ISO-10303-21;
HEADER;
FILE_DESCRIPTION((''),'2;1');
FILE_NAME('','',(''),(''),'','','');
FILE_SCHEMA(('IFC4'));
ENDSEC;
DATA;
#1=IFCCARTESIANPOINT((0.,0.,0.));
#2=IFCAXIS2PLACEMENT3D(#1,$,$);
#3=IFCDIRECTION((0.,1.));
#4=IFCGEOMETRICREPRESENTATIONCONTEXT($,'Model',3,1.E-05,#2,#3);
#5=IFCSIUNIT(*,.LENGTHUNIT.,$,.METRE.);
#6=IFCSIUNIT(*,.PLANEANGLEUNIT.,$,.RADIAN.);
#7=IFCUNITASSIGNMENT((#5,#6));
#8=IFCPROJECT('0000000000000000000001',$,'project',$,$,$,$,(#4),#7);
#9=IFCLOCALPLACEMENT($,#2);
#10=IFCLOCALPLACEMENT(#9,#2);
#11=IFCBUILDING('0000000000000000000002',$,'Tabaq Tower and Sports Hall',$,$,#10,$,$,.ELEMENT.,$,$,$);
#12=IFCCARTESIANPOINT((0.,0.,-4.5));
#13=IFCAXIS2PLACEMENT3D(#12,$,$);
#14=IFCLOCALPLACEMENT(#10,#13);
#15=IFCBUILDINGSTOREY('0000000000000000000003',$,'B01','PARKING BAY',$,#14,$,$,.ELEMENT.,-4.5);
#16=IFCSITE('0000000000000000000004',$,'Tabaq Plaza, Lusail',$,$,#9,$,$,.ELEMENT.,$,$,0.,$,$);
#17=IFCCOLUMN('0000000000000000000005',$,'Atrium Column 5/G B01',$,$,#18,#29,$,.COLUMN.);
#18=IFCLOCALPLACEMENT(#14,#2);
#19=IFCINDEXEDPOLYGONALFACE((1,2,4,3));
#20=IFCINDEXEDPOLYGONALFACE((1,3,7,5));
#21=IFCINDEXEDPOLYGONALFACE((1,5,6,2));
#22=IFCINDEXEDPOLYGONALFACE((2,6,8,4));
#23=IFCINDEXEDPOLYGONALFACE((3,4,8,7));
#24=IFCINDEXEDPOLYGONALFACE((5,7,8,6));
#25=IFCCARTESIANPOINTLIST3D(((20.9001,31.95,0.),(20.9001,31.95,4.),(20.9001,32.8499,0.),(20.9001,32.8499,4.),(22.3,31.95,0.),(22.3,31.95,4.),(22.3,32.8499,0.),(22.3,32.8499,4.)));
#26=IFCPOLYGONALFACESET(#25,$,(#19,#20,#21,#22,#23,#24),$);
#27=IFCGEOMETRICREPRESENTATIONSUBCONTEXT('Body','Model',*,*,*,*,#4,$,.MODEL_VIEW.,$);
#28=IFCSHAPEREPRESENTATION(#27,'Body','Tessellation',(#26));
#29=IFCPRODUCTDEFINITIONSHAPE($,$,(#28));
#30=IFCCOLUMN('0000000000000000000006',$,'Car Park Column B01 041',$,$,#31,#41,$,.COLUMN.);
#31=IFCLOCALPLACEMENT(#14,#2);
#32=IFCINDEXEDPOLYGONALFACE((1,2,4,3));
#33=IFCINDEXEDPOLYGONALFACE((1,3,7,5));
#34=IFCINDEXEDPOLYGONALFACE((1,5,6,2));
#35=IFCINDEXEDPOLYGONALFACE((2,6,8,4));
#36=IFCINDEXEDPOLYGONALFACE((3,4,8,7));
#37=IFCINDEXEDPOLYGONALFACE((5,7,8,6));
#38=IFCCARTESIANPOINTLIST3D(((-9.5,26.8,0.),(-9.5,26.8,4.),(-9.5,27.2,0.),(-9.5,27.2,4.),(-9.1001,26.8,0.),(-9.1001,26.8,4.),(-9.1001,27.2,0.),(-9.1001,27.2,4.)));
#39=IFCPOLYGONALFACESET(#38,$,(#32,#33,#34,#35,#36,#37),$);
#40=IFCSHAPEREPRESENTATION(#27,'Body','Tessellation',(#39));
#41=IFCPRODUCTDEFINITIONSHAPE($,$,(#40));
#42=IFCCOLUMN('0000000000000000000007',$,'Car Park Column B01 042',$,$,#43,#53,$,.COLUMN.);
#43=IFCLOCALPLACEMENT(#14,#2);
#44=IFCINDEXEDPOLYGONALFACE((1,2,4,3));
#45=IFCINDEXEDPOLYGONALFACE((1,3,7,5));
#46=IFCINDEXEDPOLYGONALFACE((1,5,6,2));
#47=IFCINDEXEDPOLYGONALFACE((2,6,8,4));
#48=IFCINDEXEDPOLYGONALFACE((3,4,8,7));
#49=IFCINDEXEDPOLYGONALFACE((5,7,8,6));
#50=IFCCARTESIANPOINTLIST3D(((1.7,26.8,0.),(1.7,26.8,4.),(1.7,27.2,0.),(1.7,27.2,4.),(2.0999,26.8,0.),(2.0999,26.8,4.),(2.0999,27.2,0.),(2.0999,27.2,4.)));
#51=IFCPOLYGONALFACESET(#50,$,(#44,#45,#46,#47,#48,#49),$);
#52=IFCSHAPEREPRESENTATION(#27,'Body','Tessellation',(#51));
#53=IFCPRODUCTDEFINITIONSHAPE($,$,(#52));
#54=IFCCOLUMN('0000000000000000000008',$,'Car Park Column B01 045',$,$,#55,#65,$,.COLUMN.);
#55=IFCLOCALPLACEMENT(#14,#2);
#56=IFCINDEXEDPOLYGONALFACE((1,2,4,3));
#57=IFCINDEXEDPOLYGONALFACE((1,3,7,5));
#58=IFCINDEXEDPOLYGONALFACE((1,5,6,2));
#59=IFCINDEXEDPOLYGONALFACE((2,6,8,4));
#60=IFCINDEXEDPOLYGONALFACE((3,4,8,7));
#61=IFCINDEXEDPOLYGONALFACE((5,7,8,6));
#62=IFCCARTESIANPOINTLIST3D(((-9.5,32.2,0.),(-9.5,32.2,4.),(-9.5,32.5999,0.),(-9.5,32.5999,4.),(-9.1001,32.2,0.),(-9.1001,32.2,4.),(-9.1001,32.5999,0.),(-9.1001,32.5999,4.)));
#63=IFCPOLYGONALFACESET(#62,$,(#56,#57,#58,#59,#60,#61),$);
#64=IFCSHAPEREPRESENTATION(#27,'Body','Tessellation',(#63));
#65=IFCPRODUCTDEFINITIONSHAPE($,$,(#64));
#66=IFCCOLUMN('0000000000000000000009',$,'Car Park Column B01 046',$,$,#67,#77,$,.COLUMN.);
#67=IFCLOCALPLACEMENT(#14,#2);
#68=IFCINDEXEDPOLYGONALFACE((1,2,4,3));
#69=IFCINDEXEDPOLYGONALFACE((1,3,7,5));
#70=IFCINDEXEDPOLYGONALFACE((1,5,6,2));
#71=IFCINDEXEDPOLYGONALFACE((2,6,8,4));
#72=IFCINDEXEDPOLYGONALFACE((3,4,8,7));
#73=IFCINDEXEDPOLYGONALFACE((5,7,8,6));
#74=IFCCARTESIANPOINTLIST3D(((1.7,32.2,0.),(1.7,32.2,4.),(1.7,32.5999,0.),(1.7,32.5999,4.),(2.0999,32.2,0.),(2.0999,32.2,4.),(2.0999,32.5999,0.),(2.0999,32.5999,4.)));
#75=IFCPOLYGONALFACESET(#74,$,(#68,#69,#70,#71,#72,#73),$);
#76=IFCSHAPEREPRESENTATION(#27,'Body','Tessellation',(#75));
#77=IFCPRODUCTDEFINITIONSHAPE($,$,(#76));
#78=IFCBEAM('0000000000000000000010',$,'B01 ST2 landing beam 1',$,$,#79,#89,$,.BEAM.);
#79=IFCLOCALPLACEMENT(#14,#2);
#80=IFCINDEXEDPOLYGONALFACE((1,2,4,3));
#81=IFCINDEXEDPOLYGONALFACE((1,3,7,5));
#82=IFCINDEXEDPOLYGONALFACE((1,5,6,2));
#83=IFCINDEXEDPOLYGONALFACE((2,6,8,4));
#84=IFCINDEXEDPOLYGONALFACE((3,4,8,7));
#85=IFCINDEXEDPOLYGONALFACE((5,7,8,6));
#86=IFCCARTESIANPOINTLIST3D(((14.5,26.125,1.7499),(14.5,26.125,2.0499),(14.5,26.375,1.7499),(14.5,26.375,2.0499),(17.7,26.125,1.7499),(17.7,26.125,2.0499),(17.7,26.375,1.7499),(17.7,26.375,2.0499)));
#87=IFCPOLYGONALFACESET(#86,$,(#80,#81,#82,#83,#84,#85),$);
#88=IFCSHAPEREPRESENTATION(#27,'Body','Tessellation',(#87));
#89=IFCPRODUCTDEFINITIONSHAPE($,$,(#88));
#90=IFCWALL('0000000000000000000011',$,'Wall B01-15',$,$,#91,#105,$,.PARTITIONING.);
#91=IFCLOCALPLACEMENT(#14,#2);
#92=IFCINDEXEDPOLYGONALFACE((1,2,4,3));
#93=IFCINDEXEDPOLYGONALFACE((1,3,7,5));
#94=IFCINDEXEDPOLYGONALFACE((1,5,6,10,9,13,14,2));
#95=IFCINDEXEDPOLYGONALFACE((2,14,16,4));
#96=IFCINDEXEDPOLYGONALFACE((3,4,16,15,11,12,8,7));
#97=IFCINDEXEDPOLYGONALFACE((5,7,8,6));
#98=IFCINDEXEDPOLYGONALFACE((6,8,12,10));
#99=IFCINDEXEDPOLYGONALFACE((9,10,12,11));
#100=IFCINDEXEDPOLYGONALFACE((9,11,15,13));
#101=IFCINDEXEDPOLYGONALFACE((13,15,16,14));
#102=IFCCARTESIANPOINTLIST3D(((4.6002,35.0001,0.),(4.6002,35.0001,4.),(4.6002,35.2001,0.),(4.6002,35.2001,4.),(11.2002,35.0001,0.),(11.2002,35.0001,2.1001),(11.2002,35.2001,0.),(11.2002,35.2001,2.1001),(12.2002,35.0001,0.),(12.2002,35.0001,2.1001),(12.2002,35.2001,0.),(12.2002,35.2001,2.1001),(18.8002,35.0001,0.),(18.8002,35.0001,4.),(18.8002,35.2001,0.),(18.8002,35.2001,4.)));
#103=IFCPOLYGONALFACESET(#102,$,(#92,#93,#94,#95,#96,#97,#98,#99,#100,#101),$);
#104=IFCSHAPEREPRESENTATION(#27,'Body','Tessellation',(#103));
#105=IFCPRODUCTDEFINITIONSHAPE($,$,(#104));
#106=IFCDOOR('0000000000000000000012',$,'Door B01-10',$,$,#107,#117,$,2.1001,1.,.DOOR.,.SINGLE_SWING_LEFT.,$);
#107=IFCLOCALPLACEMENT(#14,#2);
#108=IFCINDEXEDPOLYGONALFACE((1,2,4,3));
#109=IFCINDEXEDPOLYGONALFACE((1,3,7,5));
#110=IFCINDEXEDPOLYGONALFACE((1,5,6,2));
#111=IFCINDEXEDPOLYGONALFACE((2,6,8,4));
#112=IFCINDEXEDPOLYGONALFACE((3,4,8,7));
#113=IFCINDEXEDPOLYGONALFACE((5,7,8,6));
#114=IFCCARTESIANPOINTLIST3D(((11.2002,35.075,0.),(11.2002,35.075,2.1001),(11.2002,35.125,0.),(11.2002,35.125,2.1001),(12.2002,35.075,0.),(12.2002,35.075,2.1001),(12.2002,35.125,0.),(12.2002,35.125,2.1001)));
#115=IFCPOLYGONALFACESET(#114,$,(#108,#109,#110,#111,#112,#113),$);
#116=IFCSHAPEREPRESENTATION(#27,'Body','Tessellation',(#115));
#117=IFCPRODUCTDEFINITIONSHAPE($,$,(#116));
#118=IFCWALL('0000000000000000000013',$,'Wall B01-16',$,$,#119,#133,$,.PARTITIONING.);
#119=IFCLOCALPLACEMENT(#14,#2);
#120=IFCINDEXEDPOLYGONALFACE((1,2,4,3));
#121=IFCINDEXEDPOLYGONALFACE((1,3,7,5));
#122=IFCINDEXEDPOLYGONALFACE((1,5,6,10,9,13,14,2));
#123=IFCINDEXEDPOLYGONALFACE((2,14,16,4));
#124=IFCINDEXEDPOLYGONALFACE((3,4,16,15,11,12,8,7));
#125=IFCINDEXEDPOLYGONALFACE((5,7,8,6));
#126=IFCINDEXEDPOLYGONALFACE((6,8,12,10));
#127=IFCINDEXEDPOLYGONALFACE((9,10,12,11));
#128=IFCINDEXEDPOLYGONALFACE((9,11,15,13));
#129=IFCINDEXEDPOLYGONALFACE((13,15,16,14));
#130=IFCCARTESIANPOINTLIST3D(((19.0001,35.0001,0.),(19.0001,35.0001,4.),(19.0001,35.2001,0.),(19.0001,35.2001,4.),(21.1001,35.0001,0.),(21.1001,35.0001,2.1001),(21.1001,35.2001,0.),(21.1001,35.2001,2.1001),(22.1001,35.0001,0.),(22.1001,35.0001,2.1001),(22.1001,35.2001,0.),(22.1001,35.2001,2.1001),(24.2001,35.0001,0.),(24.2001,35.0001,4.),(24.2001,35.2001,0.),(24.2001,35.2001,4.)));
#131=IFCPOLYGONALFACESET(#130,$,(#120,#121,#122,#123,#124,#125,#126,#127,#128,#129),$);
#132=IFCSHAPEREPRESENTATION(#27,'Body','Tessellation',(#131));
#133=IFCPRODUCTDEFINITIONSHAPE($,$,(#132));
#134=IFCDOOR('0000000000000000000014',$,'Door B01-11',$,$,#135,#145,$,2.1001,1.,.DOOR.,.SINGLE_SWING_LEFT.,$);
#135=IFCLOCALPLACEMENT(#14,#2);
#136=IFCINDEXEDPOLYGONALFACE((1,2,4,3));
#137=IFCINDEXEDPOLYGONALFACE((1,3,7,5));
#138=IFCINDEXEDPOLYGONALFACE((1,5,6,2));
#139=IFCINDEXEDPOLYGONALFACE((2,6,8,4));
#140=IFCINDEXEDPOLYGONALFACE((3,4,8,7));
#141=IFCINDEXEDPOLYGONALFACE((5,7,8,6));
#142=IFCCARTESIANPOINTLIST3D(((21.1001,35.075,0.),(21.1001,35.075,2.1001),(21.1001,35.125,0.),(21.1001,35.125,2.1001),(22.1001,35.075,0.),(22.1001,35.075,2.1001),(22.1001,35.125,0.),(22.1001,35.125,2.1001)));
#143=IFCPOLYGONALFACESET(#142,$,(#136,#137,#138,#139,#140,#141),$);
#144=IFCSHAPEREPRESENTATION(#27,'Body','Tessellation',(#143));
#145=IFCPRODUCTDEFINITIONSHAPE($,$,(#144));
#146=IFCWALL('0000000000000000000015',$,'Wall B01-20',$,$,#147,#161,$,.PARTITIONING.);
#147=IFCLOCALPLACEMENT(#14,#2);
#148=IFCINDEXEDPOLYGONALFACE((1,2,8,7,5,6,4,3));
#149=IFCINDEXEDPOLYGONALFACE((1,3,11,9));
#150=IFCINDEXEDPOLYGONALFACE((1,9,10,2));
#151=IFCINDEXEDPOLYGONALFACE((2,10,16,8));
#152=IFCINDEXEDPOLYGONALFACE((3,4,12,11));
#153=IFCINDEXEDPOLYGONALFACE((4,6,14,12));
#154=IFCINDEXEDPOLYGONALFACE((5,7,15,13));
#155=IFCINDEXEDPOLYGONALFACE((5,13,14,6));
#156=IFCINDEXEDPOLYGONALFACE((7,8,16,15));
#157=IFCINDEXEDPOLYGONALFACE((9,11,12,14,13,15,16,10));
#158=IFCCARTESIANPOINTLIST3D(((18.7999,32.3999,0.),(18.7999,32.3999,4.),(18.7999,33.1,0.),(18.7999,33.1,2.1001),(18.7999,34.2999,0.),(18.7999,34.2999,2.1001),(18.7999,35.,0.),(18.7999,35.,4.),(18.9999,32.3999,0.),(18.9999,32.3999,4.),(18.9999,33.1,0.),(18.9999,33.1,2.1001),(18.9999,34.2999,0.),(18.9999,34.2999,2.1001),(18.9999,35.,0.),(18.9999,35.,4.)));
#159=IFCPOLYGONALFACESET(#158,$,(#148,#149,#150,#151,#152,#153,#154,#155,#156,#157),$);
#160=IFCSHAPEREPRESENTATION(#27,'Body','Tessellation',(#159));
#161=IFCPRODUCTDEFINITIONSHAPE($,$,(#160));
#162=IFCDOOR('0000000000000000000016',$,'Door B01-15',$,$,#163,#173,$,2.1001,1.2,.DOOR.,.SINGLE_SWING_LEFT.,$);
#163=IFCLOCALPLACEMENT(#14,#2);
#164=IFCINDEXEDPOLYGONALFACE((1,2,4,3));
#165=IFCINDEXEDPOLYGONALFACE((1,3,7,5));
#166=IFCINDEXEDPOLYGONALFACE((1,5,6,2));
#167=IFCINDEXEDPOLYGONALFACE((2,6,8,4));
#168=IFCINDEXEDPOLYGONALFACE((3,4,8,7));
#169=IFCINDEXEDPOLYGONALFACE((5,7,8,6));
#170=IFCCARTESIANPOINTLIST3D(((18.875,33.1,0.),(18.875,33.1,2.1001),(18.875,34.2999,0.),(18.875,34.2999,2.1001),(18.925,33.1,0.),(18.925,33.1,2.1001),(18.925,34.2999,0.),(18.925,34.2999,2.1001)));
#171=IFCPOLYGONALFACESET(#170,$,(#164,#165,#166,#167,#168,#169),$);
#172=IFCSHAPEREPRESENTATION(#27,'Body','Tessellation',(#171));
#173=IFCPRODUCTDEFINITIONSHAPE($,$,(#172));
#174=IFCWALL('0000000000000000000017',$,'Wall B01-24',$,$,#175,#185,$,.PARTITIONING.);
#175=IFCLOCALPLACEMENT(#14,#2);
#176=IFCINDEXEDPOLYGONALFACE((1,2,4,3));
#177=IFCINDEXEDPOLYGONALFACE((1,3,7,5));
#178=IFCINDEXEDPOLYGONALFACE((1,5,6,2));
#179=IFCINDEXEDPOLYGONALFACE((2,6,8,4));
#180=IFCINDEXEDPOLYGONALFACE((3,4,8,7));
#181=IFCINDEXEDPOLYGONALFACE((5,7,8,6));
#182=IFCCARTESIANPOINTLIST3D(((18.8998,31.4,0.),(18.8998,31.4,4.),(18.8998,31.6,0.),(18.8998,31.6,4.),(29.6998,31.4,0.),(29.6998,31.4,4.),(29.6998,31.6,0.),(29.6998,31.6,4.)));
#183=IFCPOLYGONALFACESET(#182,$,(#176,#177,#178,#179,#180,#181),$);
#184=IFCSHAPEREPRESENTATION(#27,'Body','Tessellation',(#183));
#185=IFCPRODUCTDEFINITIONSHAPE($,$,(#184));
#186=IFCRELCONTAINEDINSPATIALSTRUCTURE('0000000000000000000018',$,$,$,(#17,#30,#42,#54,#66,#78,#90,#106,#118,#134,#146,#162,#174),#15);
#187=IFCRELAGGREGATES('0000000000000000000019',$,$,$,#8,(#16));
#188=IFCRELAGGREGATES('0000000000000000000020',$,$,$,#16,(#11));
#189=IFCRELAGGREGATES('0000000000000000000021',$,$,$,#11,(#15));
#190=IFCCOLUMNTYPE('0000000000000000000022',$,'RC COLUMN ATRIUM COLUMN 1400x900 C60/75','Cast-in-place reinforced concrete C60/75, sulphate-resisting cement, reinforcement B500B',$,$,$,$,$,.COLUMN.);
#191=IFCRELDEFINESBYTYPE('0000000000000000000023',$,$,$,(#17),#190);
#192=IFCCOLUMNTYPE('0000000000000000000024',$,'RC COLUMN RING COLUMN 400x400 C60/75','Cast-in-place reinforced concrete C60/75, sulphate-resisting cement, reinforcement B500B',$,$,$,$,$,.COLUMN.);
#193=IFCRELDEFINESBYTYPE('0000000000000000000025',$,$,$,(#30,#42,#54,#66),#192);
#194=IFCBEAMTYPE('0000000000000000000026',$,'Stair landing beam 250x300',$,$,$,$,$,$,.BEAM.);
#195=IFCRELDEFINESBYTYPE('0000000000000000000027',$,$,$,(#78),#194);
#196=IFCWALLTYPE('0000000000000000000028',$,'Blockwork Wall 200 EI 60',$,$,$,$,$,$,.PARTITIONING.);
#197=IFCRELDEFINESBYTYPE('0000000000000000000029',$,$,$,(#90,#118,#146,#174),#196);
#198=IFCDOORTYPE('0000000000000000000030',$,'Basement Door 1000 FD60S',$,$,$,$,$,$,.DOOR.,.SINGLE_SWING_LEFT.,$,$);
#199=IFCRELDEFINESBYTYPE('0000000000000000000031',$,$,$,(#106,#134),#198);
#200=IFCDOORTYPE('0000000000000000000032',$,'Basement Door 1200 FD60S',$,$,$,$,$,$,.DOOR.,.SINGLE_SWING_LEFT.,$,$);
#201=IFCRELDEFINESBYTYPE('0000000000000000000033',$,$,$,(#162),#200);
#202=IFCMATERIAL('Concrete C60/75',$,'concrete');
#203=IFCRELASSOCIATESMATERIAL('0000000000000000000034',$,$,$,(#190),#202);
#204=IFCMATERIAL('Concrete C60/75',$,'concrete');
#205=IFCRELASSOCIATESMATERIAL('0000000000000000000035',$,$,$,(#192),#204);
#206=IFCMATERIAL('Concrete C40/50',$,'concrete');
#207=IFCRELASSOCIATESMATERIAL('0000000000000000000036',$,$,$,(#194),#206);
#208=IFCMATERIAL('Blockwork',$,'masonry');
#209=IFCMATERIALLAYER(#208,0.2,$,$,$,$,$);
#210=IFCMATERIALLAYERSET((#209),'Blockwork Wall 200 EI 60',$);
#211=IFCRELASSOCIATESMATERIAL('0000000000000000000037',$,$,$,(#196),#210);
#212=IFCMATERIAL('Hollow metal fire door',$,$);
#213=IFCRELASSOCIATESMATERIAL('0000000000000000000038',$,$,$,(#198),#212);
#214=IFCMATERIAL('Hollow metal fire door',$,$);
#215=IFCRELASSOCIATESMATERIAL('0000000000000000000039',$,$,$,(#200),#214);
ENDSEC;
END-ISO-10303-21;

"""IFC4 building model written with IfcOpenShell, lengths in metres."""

from ifc_helpers import new_model, si_unit, direction, frame, frame_2d, origin, origin_2d, place, context, subcontext, project, spatial, rectangle, extrude, material, layer, layer_set, material_profile, profile_set, type_object, element, fill, save


model = new_model("IFC4")

# Units and contexts
model_context = context("Model", 3, precision=1e-05, world=origin(), true_north=direction((0.0, 1.0)))
body_context = subcontext(model_context, "Body", "Model", "MODEL_VIEW")
ifc_project = project(units=[si_unit("LENGTHUNIT", "METRE"), si_unit("PLANEANGLEUNIT", "RADIAN")], contexts=[model_context])

# Site, building, storey
site_placement = place(None, origin())
site = spatial("IfcSite", under=ifc_project, at=site_placement, Name="Tabaq Plaza, Lusail", CompositionType="ELEMENT", RefElevation=0.0)
building_placement = place(site_placement, origin())
building = spatial("IfcBuilding", under=site, at=building_placement, Name="Tabaq Tower and Sports Hall", CompositionType="ELEMENT")
storey_placement = place(building_placement, frame((0.0, 0.0, -4.5)))
storey = spatial("IfcBuildingStorey", under=building, at=storey_placement, Name="B01", Description="PARKING BAY", CompositionType="ELEMENT", Elevation=-4.5)

# Columns
ifc_material_1 = material(Name="Concrete C60/75", Category="concrete")
ifc_material_profile_1 = material_profile(ifc_material_1, rectangle(XDim=1.3999, YDim=0.8999, at=origin_2d()), Name="ATRIUM COLUMN 1400x900")
ifc_profile_set_1 = profile_set([ifc_material_profile_1], Name="Concrete C60/75")
column_type_1 = type_object("IfcColumnType", Name="RC COLUMN ATRIUM COLUMN 1400x900 C60/75", Description="Cast-in-place reinforced concrete C60/75, sulphate-resisting cement, reinforcement B500B", PredefinedType="COLUMN", material=ifc_profile_set_1)
column_placement = place(storey_placement, frame((21.6001, 32.3999, 0.0), z_axis=(0.0, 0.0, 1.0), x_axis=(1.0, 0.0, 0.0)))
element("IfcColumn", 1, at=column_placement, inside=storey, type_object=column_type_1, Name="Atrium Column 5/G B01", PredefinedType="COLUMN", context=body_context, shape_type="SweptSolid", body=[
    extrude(rectangle(XDim=1.3999, YDim=0.8999, at=origin_2d()), origin(), (0.0, 0.0, 1.0), 4.0),
])
ifc_material_2 = material(Name="Concrete C60/75", Category="concrete")
ifc_material_profile_2 = material_profile(ifc_material_2, rectangle(XDim=0.3999, YDim=0.3999, at=origin_2d()), Name="RING COLUMN 400x400")
ifc_profile_set_2 = profile_set([ifc_material_profile_2], Name="Concrete C60/75")
column_type_2 = type_object("IfcColumnType", Name="RC COLUMN RING COLUMN 400x400 C60/75", Description="Cast-in-place reinforced concrete C60/75, sulphate-resisting cement, reinforcement B500B", PredefinedType="COLUMN", material=ifc_profile_set_2)
for number, where, z_axis, x_axis, name in (
    (2, (-9.3, 27.0, 0.0), (0.0, 0.0, 1.0), (1.0, 0.0, 0.0), "Car Park Column B01 041"),
    (3, (1.8999, 27.0, 0.0), (0.0, 0.0, 1.0), (1.0, 0.0, 0.0), "Car Park Column B01 042"),
    (4, (-9.3, 32.3999, 0.0), (0.0, 0.0, 1.0), (1.0, 0.0, 0.0), "Car Park Column B01 045"),
    (5, (1.8999, 32.3999, 0.0), (0.0, 0.0, 1.0), (1.0, 0.0, 0.0), "Car Park Column B01 046"),
):
    element("IfcColumn", number, at=place(storey_placement, frame(where, z_axis=z_axis, x_axis=x_axis)), inside=storey, type_object=column_type_2, Name=name, PredefinedType="COLUMN", context=body_context, shape_type="SweptSolid", body=[
        extrude(rectangle(XDim=0.3999, YDim=0.3999, at=origin_2d()), origin(), (0.0, 0.0, 1.0), 4.0),
    ])

# Beam
ifc_material_3 = material(Name="Concrete C40/50", Category="concrete")
ifc_material_profile_3 = material_profile(ifc_material_3, rectangle(XDim=0.25, YDim=0.3, at=origin_2d()), Name="RC 250x300")
ifc_profile_set_3 = profile_set([ifc_material_profile_3], Name="Concrete C40/50")
beam_type = type_object("IfcBeamType", Name="Stair landing beam 250x300", PredefinedType="BEAM", material=ifc_profile_set_3)
beam_placement = place(storey_placement, frame((14.5, 26.25, 1.8999), z_axis=(1.0, 0.0, 0.0), x_axis=(0.0, 1.0, 0.0)))
element("IfcBeam", 6, at=beam_placement, inside=storey, type_object=beam_type, Name="B01 ST2 landing beam 1", PredefinedType="BEAM", context=body_context, shape_type="SweptSolid", body=[
    extrude(rectangle(XDim=0.25, YDim=0.3, at=origin_2d()), origin(), (0.0, 0.0, 1.0), 3.2),
])

# Walls, openings, doors
ifc_material_4 = material(Name="Blockwork", Category="masonry")
ifc_layer_1 = layer(ifc_material_4, 0.2)
ifc_layer_set_1 = layer_set([ifc_layer_1], Name="Blockwork Wall 200 EI 60")
wall_type_1 = type_object("IfcWallType", Name="Blockwork Wall 200 EI 60", PredefinedType="PARTITIONING", material=ifc_layer_set_1)
wall_1_placement = place(storey_placement, frame((4.6001, 35.1001, 0.0), z_axis=(0.0, 0.0, 1.0), x_axis=(1.0, 0.0, 0.0)))
wall_1 = element("IfcWall", 7, at=wall_1_placement, inside=storey, type_object=wall_type_1, Name="Wall B01-15", PredefinedType="PARTITIONING", context=body_context, shape_type="SweptSolid", body=[
    extrude(rectangle(XDim=14.2, YDim=0.2, at=frame_2d((7.1001, 0.0))), origin(), (0.0, 0.0, 1.0), 4.0),
])
opening_1_placement = place(wall_1_placement, frame((6.6001, 0.0, 0.0)))
opening_1 = element("IfcOpeningElement", 8, at=opening_1_placement, cuts=wall_1, PredefinedType="OPENING", context=body_context, shape_type="SweptSolid", body=[
    extrude(rectangle(XDim=1.0, YDim=2.1001, at=frame_2d((0.5, 1.05))), frame((0.0, 0.1099, 0.0), z_axis=(0.0, -1.0, 0.0), x_axis=(1.0, 0.0, 0.0)), (0.0, 0.0, 1.0), 0.22),
])
ifc_material_5 = material(Name="Hollow metal fire door")
door_type_1 = type_object("IfcDoorType", Name="Basement Door 1000 FD60S", OperationType="SINGLE_SWING_LEFT", PredefinedType="DOOR", material=ifc_material_5)
door_1_placement = place(opening_1_placement, origin())
door_1 = element("IfcDoor", 9, at=door_1_placement, inside=storey, type_object=door_type_1, Name="Door B01-10", OperationType="SINGLE_SWING_LEFT", OverallHeight=2.1001, OverallWidth=1.0, PredefinedType="DOOR", context=body_context, shape_type="SweptSolid", body=[
    extrude(rectangle(XDim=1.0, YDim=2.1001, at=frame_2d((0.5, 1.05))), frame((0.0, 0.0249, 0.0), z_axis=(0.0, -1.0, 0.0), x_axis=(1.0, 0.0, 0.0)), (0.0, 0.0, 1.0), 0.05),
])
fill(opening_1, door_1)
wall_2_placement = place(storey_placement, frame((19.0, 35.1001, 0.0), z_axis=(0.0, 0.0, 1.0), x_axis=(1.0, 0.0, 0.0)))
wall_2 = element("IfcWall", 10, at=wall_2_placement, inside=storey, type_object=wall_type_1, Name="Wall B01-16", PredefinedType="PARTITIONING", context=body_context, shape_type="SweptSolid", body=[
    extrude(rectangle(XDim=5.2, YDim=0.2, at=frame_2d((2.6001, 0.0))), origin(), (0.0, 0.0, 1.0), 4.0),
])
opening_2_placement = place(wall_2_placement, frame((2.1001, 0.0, 0.0)))
opening_2 = element("IfcOpeningElement", 11, at=opening_2_placement, cuts=wall_2, PredefinedType="OPENING", context=body_context, shape_type="SweptSolid", body=[
    extrude(rectangle(XDim=1.0, YDim=2.1001, at=frame_2d((0.5, 1.05))), frame((0.0, 0.1099, 0.0), z_axis=(0.0, -1.0, 0.0), x_axis=(1.0, 0.0, 0.0)), (0.0, 0.0, 1.0), 0.22),
])
door_2_placement = place(opening_2_placement, origin())
door_2 = element("IfcDoor", 12, at=door_2_placement, inside=storey, type_object=door_type_1, Name="Door B01-11", OperationType="SINGLE_SWING_LEFT", OverallHeight=2.1001, OverallWidth=1.0, PredefinedType="DOOR", context=body_context, shape_type="SweptSolid", body=[
    extrude(rectangle(XDim=1.0, YDim=2.1001, at=frame_2d((0.5, 1.05))), frame((0.0, 0.0249, 0.0), z_axis=(0.0, -1.0, 0.0), x_axis=(1.0, 0.0, 0.0)), (0.0, 0.0, 1.0), 0.05),
])
fill(opening_2, door_2)
wall_3_placement = place(storey_placement, frame((18.8999, 32.3999, 0.0), z_axis=(0.0, 0.0, 1.0), x_axis=(0.0, 1.0, 0.0)))
wall_3 = element("IfcWall", 13, at=wall_3_placement, inside=storey, type_object=wall_type_1, Name="Wall B01-20", PredefinedType="PARTITIONING", context=body_context, shape_type="SweptSolid", body=[
    extrude(rectangle(XDim=2.6001, YDim=0.2, at=frame_2d((1.3, 0.0))), origin(), (0.0, 0.0, 1.0), 4.0),
])
opening_3_placement = place(wall_3_placement, frame((0.7, 0.0, 0.0)))
opening_3 = element("IfcOpeningElement", 14, at=opening_3_placement, cuts=wall_3, PredefinedType="OPENING", context=body_context, shape_type="SweptSolid", body=[
    extrude(rectangle(XDim=1.2, YDim=2.1001, at=frame_2d((0.6001, 1.05))), frame((0.0, 0.1099, 0.0), z_axis=(0.0, -1.0, 0.0), x_axis=(1.0, 0.0, 0.0)), (0.0, 0.0, 1.0), 0.22),
])
ifc_material_6 = material(Name="Hollow metal fire door")
door_type_2 = type_object("IfcDoorType", Name="Basement Door 1200 FD60S", OperationType="SINGLE_SWING_LEFT", PredefinedType="DOOR", material=ifc_material_6)
door_3_placement = place(opening_3_placement, origin())
door_3 = element("IfcDoor", 15, at=door_3_placement, inside=storey, type_object=door_type_2, Name="Door B01-15", OperationType="SINGLE_SWING_LEFT", OverallHeight=2.1001, OverallWidth=1.2, PredefinedType="DOOR", context=body_context, shape_type="SweptSolid", body=[
    extrude(rectangle(XDim=1.2, YDim=2.1001, at=frame_2d((0.6001, 1.05))), frame((0.0, 0.0249, 0.0), z_axis=(0.0, -1.0, 0.0), x_axis=(1.0, 0.0, 0.0)), (0.0, 0.0, 1.0), 0.05),
])
fill(opening_3, door_3)

# Wall
wall_4_placement = place(storey_placement, frame((18.8999, 31.5, 0.0), z_axis=(0.0, 0.0, 1.0), x_axis=(1.0, 0.0, 0.0)))
element("IfcWall", 16, at=wall_4_placement, inside=storey, type_object=wall_type_1, Name="Wall B01-24", PredefinedType="PARTITIONING", context=body_context, shape_type="SweptSolid", body=[
    extrude(rectangle(XDim=10.8, YDim=0.2, at=frame_2d((5.3999, 0.0))), origin(), (0.0, 0.0, 1.0), 4.0),
])

save(model, "model.ifc")
